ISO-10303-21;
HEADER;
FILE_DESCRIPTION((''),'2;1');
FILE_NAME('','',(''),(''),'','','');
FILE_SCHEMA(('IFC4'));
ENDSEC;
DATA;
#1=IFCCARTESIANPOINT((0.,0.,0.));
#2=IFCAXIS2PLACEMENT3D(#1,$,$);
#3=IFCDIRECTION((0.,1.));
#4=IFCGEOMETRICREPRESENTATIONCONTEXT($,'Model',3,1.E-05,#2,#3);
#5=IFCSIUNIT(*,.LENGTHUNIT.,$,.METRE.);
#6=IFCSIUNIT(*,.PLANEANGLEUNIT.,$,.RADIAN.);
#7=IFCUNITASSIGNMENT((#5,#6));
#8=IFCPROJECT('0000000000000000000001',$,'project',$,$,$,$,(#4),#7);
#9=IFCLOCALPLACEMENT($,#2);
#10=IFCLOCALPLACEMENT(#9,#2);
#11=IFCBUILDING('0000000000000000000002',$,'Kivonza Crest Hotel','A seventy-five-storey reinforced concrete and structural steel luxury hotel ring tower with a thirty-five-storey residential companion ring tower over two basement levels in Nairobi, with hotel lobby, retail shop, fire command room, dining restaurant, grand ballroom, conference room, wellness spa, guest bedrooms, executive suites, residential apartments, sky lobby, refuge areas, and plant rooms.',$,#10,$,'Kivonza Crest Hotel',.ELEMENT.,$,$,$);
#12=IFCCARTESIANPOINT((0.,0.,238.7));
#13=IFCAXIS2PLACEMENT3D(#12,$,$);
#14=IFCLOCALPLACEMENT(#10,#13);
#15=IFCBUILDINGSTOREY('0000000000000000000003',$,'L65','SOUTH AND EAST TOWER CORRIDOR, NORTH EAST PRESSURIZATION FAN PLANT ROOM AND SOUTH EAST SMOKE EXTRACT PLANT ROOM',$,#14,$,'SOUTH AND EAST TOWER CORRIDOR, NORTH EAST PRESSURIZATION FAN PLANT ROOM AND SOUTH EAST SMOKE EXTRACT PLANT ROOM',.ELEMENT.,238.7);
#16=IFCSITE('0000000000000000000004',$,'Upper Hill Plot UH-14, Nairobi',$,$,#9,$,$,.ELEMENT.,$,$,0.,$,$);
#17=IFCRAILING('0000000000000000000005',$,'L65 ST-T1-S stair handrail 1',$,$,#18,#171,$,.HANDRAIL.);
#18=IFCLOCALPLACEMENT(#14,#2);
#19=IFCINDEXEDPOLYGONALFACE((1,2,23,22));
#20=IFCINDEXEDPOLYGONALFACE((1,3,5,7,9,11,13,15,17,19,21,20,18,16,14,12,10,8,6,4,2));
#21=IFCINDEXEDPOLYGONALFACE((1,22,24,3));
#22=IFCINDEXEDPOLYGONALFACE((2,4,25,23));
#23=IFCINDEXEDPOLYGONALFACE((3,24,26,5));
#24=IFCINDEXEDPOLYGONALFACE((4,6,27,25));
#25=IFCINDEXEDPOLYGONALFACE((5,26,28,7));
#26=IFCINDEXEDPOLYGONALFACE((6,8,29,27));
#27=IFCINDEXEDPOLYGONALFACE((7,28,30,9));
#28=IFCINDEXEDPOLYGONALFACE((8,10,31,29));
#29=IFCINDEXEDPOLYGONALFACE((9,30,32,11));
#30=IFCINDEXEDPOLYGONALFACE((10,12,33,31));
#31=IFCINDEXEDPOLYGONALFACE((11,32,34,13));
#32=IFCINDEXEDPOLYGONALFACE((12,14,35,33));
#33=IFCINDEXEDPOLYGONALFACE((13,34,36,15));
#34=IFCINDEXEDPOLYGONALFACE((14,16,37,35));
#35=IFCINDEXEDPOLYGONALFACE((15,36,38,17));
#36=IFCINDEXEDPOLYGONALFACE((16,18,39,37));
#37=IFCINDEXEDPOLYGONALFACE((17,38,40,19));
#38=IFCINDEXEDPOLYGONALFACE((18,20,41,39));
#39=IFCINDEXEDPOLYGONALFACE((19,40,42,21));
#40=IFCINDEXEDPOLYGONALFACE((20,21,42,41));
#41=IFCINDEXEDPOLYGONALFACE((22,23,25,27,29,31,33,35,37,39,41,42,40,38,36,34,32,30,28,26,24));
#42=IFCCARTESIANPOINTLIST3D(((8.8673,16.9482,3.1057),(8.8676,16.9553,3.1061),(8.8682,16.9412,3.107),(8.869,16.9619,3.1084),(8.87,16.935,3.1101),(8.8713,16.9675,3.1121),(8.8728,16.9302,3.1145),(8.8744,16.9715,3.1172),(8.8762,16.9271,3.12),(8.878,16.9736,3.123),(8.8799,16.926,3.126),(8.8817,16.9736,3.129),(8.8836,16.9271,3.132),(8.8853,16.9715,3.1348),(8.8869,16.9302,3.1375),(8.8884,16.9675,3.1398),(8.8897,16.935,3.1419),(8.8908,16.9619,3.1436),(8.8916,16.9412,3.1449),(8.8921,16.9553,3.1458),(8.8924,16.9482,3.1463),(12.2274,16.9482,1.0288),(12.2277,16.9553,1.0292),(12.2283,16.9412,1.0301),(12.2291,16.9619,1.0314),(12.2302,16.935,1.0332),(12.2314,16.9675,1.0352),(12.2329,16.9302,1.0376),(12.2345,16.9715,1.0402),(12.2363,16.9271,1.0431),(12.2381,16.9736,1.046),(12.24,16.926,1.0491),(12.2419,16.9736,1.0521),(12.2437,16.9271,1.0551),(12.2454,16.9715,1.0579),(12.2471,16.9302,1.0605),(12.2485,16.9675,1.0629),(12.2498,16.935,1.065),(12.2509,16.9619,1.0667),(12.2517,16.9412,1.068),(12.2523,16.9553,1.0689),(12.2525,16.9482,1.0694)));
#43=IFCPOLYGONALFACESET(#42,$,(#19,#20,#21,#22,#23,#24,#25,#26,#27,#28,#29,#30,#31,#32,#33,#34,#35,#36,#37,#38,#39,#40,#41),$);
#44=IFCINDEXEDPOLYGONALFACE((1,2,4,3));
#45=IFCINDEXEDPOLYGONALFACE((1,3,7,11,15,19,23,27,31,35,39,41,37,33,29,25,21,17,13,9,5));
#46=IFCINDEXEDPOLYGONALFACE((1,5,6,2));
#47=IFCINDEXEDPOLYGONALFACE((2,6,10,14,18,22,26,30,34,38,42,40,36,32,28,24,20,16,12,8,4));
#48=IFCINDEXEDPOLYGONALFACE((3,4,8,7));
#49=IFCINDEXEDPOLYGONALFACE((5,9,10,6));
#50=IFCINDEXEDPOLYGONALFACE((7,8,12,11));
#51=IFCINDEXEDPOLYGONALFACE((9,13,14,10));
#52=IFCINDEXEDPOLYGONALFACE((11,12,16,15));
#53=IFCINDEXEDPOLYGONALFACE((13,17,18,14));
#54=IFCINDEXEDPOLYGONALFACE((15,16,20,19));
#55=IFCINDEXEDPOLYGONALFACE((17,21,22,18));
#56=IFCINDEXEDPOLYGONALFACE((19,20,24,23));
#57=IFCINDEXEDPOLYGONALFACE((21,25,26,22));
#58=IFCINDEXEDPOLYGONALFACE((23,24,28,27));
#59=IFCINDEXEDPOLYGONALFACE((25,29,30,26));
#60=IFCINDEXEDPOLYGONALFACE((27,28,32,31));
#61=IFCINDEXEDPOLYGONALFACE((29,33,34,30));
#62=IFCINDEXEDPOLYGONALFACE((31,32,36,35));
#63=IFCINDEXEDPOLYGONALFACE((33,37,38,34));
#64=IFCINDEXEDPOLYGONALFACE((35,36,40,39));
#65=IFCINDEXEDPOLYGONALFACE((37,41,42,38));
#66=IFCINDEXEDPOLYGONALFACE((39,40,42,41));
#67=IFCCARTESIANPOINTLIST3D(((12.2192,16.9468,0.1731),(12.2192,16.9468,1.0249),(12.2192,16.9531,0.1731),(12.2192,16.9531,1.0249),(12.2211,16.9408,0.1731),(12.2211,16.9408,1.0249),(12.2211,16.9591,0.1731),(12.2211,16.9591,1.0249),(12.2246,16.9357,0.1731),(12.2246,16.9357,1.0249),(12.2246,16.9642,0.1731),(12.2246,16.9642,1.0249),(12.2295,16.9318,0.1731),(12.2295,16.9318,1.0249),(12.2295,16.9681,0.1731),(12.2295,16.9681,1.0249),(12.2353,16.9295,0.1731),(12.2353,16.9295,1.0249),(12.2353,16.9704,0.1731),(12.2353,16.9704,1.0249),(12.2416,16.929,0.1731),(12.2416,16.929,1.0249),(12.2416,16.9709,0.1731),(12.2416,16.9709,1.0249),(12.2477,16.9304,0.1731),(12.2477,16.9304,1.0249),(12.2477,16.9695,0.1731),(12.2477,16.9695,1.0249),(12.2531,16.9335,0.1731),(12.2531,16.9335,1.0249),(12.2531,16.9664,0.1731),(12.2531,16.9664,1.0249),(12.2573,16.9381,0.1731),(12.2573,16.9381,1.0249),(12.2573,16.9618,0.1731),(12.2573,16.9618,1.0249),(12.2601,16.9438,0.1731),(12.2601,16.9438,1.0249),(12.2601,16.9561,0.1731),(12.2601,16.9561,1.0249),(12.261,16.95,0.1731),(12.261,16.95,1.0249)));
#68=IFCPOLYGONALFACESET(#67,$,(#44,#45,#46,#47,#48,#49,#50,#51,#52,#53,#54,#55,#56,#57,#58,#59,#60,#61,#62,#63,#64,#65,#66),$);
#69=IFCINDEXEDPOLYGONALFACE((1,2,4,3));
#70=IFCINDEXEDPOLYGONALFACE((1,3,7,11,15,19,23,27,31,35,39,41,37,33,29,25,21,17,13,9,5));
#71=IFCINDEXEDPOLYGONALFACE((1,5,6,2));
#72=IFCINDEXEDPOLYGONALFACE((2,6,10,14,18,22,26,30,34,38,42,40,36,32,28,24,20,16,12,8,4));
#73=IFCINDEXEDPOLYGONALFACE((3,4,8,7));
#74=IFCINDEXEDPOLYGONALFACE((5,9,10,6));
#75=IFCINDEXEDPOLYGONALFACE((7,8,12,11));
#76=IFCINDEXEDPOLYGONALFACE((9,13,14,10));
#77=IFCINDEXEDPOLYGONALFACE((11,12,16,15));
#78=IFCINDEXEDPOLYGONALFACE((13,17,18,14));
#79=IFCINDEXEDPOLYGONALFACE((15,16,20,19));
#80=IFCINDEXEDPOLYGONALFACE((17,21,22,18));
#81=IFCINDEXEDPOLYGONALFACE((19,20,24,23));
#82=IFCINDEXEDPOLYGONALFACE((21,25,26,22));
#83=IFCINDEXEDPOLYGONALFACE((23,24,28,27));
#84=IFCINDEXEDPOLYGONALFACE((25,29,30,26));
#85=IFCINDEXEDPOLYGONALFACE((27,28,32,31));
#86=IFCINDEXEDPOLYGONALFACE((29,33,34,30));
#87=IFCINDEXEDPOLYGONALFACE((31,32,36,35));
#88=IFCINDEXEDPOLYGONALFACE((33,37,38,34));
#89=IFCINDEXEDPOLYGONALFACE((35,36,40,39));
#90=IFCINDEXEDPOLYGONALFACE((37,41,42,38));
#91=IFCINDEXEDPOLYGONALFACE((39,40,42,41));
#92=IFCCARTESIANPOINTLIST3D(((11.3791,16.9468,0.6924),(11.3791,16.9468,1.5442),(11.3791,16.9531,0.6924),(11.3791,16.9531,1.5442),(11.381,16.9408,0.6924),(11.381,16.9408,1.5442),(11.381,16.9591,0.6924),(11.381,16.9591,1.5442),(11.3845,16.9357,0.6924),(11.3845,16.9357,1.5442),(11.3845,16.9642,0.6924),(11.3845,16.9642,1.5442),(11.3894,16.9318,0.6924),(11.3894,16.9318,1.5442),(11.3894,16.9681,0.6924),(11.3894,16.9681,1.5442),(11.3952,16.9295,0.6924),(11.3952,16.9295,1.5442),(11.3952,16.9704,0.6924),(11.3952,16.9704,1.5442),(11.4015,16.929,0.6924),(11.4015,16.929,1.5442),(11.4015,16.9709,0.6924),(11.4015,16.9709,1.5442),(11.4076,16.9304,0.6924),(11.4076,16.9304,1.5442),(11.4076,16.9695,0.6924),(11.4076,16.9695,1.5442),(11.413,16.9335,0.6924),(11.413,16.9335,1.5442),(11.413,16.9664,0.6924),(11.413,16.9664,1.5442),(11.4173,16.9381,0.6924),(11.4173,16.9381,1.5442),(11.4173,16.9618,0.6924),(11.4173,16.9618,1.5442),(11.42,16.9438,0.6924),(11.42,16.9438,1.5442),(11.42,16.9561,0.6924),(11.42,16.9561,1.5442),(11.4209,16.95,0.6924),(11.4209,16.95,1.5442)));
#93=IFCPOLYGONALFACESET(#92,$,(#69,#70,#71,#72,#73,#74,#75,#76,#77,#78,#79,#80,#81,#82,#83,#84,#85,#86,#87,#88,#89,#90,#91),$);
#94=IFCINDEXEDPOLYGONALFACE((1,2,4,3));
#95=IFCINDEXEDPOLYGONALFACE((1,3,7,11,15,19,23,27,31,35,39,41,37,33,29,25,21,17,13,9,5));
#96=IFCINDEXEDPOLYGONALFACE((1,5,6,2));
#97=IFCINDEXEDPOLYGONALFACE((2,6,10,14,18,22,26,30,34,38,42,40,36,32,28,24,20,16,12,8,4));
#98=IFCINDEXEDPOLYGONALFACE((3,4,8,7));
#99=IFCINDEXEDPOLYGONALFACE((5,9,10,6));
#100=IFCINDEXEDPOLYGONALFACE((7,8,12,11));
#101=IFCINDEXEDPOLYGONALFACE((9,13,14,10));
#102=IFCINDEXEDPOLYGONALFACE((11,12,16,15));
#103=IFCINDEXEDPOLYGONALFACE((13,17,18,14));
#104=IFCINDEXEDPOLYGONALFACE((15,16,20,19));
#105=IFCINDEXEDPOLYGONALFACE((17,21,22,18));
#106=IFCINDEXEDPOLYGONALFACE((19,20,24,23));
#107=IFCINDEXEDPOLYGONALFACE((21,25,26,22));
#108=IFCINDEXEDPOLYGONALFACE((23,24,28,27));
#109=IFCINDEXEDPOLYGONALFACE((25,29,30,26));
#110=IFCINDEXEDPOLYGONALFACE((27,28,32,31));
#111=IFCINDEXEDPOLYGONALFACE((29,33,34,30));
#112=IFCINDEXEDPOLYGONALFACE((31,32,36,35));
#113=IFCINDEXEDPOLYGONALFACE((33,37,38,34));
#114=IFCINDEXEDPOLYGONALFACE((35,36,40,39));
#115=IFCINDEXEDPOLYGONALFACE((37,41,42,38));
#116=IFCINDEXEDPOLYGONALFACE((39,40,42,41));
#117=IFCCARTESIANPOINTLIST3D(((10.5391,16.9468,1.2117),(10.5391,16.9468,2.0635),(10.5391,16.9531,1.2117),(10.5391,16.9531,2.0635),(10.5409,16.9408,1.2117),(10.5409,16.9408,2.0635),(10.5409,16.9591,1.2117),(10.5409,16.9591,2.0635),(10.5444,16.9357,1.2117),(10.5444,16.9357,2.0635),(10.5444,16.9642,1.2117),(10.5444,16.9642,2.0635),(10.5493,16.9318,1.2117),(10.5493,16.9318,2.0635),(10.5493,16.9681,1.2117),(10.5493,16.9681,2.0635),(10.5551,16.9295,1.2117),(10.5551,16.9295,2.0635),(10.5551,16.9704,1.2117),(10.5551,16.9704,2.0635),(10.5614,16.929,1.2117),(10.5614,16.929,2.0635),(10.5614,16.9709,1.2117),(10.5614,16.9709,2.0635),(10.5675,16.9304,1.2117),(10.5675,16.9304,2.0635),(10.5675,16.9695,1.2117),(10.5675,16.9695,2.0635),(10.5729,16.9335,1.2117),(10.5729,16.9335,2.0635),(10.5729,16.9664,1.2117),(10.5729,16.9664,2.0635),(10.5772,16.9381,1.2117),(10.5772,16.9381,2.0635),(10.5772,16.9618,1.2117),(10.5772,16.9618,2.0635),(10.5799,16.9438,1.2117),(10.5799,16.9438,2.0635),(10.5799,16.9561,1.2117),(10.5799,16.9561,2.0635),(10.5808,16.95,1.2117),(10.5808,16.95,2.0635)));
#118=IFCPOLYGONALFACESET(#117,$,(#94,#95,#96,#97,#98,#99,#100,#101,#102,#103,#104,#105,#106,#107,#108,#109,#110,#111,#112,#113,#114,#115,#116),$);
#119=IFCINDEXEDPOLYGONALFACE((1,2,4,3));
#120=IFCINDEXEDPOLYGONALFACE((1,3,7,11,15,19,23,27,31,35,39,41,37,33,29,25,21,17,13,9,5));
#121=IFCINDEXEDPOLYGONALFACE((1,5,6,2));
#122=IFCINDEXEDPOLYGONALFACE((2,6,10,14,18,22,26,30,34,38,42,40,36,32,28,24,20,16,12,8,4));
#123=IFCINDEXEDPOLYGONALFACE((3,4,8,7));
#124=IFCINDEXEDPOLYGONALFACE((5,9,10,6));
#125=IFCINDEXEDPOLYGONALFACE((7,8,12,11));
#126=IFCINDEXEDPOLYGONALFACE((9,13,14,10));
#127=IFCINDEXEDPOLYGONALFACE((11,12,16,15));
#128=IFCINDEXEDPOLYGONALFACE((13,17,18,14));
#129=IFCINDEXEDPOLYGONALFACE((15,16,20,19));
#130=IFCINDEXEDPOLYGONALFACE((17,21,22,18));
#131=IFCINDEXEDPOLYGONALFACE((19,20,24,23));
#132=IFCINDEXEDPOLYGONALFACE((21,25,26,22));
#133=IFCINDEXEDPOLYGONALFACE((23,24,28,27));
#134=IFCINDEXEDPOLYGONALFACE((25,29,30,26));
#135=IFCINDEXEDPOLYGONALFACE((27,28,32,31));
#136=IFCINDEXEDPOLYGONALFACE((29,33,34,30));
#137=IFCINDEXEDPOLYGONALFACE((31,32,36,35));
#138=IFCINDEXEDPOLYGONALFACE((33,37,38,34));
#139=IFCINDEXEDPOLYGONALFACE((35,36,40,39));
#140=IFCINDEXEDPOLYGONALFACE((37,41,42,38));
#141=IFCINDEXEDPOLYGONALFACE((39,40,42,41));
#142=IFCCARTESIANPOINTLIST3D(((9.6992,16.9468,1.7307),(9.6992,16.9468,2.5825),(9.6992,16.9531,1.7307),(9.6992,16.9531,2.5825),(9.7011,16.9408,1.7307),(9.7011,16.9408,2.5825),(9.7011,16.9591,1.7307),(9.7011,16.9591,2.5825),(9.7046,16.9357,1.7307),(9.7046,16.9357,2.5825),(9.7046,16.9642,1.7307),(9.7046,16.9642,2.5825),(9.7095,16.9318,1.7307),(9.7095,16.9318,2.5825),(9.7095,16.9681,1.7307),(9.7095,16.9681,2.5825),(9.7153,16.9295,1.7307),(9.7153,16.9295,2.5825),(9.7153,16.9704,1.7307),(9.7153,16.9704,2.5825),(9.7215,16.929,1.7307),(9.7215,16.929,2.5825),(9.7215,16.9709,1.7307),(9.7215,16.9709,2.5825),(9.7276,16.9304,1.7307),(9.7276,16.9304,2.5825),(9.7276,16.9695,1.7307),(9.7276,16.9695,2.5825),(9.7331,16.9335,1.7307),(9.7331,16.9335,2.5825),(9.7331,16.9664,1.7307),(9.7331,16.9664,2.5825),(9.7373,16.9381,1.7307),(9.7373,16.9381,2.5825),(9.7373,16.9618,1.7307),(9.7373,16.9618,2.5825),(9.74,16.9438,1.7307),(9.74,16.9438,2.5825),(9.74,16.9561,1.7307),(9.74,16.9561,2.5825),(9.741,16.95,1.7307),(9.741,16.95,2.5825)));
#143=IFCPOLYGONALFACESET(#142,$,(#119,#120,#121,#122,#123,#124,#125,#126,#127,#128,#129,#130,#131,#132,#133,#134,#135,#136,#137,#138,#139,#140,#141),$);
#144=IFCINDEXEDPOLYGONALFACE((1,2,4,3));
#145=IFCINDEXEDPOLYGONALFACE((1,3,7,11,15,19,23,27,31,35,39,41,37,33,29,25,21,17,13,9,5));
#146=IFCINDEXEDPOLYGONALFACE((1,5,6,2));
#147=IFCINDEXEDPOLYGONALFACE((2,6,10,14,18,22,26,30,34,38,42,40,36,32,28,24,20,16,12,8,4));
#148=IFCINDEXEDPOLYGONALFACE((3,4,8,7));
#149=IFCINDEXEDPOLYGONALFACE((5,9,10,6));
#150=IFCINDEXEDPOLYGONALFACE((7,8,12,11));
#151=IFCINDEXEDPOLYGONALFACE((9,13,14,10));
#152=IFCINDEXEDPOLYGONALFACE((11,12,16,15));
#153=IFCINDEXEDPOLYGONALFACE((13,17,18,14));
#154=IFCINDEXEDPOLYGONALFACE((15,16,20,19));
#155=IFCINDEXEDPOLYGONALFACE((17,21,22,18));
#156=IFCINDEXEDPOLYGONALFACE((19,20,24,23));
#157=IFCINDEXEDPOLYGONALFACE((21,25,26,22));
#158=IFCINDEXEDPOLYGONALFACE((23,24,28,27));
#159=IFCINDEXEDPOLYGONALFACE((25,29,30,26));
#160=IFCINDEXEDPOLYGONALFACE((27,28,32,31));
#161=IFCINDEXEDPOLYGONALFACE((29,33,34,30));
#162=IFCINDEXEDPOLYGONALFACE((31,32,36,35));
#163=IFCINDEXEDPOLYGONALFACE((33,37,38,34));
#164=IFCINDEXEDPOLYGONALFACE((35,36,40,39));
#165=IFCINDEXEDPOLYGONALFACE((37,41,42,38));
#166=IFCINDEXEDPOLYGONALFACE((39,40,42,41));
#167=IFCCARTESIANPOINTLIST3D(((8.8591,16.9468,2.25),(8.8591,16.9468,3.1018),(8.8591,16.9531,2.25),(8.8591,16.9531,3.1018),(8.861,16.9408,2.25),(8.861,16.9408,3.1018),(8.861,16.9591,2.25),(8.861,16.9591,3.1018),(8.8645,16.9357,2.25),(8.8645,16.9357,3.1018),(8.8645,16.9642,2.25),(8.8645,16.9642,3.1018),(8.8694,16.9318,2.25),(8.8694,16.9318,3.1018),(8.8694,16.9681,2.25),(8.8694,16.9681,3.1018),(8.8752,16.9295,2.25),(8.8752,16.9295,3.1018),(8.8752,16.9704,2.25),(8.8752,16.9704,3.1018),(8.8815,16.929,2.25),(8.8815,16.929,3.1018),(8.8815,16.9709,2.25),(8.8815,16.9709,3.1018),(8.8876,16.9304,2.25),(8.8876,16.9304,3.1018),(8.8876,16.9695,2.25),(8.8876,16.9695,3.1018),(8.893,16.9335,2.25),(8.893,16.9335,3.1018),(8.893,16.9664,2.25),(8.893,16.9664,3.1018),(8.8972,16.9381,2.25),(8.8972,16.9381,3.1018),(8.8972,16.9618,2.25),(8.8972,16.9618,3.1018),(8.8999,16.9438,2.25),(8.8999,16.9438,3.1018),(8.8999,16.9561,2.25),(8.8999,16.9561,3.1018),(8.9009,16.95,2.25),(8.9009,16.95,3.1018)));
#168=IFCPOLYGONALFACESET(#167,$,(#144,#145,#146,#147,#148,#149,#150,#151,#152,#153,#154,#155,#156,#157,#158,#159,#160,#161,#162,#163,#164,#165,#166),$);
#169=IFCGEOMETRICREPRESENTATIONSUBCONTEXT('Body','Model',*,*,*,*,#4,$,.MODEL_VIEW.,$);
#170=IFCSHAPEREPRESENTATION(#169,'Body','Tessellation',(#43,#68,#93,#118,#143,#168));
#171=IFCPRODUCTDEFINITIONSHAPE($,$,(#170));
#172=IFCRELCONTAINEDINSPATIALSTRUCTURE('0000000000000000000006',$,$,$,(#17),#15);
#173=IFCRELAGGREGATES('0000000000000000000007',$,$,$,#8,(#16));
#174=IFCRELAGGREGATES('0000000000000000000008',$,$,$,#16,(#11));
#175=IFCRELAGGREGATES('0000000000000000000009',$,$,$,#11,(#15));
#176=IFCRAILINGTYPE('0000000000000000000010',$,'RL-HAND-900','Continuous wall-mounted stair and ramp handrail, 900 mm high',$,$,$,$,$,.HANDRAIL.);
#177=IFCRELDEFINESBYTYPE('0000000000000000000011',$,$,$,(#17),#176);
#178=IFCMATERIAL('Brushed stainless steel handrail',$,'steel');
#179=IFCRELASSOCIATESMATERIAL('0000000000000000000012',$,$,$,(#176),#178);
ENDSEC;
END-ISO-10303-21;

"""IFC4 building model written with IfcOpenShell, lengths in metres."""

from ifc_helpers import new_model, si_unit, direction, frame, origin, origin_2d, place, context, subcontext, project, spatial, circle, extrude, material, type_object, element, save


model = new_model("IFC4")

# Units and contexts
model_context = context("Model", 3, precision=1e-05, world=origin(), true_north=direction((0.0, 1.0)))
body_context = subcontext(model_context, "Body", "Model", "MODEL_VIEW")
ifc_project = project(units=[si_unit("LENGTHUNIT", "METRE"), si_unit("PLANEANGLEUNIT", "RADIAN")], contexts=[model_context])

# Site, building, storey
site_placement = place(None, origin())
site = spatial("IfcSite", under=ifc_project, at=site_placement, Name="Upper Hill Plot UH-14, Nairobi", CompositionType="ELEMENT", RefElevation=0.0)
building_placement = place(site_placement, origin())
building = spatial("IfcBuilding", under=site, at=building_placement, Name="Kivonza Crest Hotel", Description="A seventy-five-storey reinforced concrete and structural steel luxury hotel ring tower with a thirty-five-storey residential companion ring tower over two basement levels in Nairobi, with hotel lobby, retail shop, fire command room, dining restaurant, grand ballroom, conference room, wellness spa, guest bedrooms, executive suites, residential apartments, sky lobby, refuge areas, and plant rooms.", LongName="Kivonza Crest Hotel", CompositionType="ELEMENT")
storey_placement = place(building_placement, frame((0.0, 0.0, 238.7)))
storey = spatial("IfcBuildingStorey", under=building, at=storey_placement, Name="L65", Description="SOUTH AND EAST TOWER CORRIDOR, NORTH EAST PRESSURIZATION FAN PLANT ROOM AND SOUTH EAST SMOKE EXTRACT PLANT ROOM", LongName="SOUTH AND EAST TOWER CORRIDOR, NORTH EAST PRESSURIZATION FAN PLANT ROOM AND SOUTH EAST SMOKE EXTRACT PLANT ROOM", CompositionType="ELEMENT", Elevation=238.7)

# Railing
ifc_material_1 = material(Name="Brushed stainless steel handrail", Category="steel")
railing_type_1 = type_object("IfcRailingType", Name="RL-HAND-900", Description="Continuous wall-mounted stair and ramp handrail, 900 mm high", PredefinedType="HANDRAIL", material=ifc_material_1)
railing_1_placement = place(storey_placement, frame((12.24, 16.95, 0.1731)))
element("IfcRailing", 1, at=railing_1_placement, inside=storey, type_object=railing_type_1, Name="L65 ST-T1-S stair handrail 1", PredefinedType="HANDRAIL", context=body_context, shape_type="SweptSolid", body=[
    extrude(circle(Radius=0.0239, at=origin_2d()), frame((0.0, 0.0, 0.876), z_axis=(-0.850623, 0.0, 0.525776), x_axis=(0.0, -1.0, 0.0)), (0.0, 0.0, 1.0), 3.9502),
    extrude(circle(Radius=0.021, at=origin_2d()), origin(), (0.0, 0.0, 1.0), 0.8518),
    extrude(circle(Radius=0.021, at=origin_2d()), frame((-0.8401, 0.0, 0.5193)), (0.0, 0.0, 1.0), 0.8518),
    extrude(circle(Radius=0.021, at=origin_2d()), frame((-1.6802, 0.0, 1.0386)), (0.0, 0.0, 1.0), 0.8518),
    extrude(circle(Radius=0.021, at=origin_2d()), frame((-2.52, 0.0, 1.5576)), (0.0, 0.0, 1.0), 0.8518),
    extrude(circle(Radius=0.021, at=origin_2d()), frame((-3.3601, 0.0, 2.0769)), (0.0, 0.0, 1.0), 0.8518),
])

save(model, "model.ifc")
